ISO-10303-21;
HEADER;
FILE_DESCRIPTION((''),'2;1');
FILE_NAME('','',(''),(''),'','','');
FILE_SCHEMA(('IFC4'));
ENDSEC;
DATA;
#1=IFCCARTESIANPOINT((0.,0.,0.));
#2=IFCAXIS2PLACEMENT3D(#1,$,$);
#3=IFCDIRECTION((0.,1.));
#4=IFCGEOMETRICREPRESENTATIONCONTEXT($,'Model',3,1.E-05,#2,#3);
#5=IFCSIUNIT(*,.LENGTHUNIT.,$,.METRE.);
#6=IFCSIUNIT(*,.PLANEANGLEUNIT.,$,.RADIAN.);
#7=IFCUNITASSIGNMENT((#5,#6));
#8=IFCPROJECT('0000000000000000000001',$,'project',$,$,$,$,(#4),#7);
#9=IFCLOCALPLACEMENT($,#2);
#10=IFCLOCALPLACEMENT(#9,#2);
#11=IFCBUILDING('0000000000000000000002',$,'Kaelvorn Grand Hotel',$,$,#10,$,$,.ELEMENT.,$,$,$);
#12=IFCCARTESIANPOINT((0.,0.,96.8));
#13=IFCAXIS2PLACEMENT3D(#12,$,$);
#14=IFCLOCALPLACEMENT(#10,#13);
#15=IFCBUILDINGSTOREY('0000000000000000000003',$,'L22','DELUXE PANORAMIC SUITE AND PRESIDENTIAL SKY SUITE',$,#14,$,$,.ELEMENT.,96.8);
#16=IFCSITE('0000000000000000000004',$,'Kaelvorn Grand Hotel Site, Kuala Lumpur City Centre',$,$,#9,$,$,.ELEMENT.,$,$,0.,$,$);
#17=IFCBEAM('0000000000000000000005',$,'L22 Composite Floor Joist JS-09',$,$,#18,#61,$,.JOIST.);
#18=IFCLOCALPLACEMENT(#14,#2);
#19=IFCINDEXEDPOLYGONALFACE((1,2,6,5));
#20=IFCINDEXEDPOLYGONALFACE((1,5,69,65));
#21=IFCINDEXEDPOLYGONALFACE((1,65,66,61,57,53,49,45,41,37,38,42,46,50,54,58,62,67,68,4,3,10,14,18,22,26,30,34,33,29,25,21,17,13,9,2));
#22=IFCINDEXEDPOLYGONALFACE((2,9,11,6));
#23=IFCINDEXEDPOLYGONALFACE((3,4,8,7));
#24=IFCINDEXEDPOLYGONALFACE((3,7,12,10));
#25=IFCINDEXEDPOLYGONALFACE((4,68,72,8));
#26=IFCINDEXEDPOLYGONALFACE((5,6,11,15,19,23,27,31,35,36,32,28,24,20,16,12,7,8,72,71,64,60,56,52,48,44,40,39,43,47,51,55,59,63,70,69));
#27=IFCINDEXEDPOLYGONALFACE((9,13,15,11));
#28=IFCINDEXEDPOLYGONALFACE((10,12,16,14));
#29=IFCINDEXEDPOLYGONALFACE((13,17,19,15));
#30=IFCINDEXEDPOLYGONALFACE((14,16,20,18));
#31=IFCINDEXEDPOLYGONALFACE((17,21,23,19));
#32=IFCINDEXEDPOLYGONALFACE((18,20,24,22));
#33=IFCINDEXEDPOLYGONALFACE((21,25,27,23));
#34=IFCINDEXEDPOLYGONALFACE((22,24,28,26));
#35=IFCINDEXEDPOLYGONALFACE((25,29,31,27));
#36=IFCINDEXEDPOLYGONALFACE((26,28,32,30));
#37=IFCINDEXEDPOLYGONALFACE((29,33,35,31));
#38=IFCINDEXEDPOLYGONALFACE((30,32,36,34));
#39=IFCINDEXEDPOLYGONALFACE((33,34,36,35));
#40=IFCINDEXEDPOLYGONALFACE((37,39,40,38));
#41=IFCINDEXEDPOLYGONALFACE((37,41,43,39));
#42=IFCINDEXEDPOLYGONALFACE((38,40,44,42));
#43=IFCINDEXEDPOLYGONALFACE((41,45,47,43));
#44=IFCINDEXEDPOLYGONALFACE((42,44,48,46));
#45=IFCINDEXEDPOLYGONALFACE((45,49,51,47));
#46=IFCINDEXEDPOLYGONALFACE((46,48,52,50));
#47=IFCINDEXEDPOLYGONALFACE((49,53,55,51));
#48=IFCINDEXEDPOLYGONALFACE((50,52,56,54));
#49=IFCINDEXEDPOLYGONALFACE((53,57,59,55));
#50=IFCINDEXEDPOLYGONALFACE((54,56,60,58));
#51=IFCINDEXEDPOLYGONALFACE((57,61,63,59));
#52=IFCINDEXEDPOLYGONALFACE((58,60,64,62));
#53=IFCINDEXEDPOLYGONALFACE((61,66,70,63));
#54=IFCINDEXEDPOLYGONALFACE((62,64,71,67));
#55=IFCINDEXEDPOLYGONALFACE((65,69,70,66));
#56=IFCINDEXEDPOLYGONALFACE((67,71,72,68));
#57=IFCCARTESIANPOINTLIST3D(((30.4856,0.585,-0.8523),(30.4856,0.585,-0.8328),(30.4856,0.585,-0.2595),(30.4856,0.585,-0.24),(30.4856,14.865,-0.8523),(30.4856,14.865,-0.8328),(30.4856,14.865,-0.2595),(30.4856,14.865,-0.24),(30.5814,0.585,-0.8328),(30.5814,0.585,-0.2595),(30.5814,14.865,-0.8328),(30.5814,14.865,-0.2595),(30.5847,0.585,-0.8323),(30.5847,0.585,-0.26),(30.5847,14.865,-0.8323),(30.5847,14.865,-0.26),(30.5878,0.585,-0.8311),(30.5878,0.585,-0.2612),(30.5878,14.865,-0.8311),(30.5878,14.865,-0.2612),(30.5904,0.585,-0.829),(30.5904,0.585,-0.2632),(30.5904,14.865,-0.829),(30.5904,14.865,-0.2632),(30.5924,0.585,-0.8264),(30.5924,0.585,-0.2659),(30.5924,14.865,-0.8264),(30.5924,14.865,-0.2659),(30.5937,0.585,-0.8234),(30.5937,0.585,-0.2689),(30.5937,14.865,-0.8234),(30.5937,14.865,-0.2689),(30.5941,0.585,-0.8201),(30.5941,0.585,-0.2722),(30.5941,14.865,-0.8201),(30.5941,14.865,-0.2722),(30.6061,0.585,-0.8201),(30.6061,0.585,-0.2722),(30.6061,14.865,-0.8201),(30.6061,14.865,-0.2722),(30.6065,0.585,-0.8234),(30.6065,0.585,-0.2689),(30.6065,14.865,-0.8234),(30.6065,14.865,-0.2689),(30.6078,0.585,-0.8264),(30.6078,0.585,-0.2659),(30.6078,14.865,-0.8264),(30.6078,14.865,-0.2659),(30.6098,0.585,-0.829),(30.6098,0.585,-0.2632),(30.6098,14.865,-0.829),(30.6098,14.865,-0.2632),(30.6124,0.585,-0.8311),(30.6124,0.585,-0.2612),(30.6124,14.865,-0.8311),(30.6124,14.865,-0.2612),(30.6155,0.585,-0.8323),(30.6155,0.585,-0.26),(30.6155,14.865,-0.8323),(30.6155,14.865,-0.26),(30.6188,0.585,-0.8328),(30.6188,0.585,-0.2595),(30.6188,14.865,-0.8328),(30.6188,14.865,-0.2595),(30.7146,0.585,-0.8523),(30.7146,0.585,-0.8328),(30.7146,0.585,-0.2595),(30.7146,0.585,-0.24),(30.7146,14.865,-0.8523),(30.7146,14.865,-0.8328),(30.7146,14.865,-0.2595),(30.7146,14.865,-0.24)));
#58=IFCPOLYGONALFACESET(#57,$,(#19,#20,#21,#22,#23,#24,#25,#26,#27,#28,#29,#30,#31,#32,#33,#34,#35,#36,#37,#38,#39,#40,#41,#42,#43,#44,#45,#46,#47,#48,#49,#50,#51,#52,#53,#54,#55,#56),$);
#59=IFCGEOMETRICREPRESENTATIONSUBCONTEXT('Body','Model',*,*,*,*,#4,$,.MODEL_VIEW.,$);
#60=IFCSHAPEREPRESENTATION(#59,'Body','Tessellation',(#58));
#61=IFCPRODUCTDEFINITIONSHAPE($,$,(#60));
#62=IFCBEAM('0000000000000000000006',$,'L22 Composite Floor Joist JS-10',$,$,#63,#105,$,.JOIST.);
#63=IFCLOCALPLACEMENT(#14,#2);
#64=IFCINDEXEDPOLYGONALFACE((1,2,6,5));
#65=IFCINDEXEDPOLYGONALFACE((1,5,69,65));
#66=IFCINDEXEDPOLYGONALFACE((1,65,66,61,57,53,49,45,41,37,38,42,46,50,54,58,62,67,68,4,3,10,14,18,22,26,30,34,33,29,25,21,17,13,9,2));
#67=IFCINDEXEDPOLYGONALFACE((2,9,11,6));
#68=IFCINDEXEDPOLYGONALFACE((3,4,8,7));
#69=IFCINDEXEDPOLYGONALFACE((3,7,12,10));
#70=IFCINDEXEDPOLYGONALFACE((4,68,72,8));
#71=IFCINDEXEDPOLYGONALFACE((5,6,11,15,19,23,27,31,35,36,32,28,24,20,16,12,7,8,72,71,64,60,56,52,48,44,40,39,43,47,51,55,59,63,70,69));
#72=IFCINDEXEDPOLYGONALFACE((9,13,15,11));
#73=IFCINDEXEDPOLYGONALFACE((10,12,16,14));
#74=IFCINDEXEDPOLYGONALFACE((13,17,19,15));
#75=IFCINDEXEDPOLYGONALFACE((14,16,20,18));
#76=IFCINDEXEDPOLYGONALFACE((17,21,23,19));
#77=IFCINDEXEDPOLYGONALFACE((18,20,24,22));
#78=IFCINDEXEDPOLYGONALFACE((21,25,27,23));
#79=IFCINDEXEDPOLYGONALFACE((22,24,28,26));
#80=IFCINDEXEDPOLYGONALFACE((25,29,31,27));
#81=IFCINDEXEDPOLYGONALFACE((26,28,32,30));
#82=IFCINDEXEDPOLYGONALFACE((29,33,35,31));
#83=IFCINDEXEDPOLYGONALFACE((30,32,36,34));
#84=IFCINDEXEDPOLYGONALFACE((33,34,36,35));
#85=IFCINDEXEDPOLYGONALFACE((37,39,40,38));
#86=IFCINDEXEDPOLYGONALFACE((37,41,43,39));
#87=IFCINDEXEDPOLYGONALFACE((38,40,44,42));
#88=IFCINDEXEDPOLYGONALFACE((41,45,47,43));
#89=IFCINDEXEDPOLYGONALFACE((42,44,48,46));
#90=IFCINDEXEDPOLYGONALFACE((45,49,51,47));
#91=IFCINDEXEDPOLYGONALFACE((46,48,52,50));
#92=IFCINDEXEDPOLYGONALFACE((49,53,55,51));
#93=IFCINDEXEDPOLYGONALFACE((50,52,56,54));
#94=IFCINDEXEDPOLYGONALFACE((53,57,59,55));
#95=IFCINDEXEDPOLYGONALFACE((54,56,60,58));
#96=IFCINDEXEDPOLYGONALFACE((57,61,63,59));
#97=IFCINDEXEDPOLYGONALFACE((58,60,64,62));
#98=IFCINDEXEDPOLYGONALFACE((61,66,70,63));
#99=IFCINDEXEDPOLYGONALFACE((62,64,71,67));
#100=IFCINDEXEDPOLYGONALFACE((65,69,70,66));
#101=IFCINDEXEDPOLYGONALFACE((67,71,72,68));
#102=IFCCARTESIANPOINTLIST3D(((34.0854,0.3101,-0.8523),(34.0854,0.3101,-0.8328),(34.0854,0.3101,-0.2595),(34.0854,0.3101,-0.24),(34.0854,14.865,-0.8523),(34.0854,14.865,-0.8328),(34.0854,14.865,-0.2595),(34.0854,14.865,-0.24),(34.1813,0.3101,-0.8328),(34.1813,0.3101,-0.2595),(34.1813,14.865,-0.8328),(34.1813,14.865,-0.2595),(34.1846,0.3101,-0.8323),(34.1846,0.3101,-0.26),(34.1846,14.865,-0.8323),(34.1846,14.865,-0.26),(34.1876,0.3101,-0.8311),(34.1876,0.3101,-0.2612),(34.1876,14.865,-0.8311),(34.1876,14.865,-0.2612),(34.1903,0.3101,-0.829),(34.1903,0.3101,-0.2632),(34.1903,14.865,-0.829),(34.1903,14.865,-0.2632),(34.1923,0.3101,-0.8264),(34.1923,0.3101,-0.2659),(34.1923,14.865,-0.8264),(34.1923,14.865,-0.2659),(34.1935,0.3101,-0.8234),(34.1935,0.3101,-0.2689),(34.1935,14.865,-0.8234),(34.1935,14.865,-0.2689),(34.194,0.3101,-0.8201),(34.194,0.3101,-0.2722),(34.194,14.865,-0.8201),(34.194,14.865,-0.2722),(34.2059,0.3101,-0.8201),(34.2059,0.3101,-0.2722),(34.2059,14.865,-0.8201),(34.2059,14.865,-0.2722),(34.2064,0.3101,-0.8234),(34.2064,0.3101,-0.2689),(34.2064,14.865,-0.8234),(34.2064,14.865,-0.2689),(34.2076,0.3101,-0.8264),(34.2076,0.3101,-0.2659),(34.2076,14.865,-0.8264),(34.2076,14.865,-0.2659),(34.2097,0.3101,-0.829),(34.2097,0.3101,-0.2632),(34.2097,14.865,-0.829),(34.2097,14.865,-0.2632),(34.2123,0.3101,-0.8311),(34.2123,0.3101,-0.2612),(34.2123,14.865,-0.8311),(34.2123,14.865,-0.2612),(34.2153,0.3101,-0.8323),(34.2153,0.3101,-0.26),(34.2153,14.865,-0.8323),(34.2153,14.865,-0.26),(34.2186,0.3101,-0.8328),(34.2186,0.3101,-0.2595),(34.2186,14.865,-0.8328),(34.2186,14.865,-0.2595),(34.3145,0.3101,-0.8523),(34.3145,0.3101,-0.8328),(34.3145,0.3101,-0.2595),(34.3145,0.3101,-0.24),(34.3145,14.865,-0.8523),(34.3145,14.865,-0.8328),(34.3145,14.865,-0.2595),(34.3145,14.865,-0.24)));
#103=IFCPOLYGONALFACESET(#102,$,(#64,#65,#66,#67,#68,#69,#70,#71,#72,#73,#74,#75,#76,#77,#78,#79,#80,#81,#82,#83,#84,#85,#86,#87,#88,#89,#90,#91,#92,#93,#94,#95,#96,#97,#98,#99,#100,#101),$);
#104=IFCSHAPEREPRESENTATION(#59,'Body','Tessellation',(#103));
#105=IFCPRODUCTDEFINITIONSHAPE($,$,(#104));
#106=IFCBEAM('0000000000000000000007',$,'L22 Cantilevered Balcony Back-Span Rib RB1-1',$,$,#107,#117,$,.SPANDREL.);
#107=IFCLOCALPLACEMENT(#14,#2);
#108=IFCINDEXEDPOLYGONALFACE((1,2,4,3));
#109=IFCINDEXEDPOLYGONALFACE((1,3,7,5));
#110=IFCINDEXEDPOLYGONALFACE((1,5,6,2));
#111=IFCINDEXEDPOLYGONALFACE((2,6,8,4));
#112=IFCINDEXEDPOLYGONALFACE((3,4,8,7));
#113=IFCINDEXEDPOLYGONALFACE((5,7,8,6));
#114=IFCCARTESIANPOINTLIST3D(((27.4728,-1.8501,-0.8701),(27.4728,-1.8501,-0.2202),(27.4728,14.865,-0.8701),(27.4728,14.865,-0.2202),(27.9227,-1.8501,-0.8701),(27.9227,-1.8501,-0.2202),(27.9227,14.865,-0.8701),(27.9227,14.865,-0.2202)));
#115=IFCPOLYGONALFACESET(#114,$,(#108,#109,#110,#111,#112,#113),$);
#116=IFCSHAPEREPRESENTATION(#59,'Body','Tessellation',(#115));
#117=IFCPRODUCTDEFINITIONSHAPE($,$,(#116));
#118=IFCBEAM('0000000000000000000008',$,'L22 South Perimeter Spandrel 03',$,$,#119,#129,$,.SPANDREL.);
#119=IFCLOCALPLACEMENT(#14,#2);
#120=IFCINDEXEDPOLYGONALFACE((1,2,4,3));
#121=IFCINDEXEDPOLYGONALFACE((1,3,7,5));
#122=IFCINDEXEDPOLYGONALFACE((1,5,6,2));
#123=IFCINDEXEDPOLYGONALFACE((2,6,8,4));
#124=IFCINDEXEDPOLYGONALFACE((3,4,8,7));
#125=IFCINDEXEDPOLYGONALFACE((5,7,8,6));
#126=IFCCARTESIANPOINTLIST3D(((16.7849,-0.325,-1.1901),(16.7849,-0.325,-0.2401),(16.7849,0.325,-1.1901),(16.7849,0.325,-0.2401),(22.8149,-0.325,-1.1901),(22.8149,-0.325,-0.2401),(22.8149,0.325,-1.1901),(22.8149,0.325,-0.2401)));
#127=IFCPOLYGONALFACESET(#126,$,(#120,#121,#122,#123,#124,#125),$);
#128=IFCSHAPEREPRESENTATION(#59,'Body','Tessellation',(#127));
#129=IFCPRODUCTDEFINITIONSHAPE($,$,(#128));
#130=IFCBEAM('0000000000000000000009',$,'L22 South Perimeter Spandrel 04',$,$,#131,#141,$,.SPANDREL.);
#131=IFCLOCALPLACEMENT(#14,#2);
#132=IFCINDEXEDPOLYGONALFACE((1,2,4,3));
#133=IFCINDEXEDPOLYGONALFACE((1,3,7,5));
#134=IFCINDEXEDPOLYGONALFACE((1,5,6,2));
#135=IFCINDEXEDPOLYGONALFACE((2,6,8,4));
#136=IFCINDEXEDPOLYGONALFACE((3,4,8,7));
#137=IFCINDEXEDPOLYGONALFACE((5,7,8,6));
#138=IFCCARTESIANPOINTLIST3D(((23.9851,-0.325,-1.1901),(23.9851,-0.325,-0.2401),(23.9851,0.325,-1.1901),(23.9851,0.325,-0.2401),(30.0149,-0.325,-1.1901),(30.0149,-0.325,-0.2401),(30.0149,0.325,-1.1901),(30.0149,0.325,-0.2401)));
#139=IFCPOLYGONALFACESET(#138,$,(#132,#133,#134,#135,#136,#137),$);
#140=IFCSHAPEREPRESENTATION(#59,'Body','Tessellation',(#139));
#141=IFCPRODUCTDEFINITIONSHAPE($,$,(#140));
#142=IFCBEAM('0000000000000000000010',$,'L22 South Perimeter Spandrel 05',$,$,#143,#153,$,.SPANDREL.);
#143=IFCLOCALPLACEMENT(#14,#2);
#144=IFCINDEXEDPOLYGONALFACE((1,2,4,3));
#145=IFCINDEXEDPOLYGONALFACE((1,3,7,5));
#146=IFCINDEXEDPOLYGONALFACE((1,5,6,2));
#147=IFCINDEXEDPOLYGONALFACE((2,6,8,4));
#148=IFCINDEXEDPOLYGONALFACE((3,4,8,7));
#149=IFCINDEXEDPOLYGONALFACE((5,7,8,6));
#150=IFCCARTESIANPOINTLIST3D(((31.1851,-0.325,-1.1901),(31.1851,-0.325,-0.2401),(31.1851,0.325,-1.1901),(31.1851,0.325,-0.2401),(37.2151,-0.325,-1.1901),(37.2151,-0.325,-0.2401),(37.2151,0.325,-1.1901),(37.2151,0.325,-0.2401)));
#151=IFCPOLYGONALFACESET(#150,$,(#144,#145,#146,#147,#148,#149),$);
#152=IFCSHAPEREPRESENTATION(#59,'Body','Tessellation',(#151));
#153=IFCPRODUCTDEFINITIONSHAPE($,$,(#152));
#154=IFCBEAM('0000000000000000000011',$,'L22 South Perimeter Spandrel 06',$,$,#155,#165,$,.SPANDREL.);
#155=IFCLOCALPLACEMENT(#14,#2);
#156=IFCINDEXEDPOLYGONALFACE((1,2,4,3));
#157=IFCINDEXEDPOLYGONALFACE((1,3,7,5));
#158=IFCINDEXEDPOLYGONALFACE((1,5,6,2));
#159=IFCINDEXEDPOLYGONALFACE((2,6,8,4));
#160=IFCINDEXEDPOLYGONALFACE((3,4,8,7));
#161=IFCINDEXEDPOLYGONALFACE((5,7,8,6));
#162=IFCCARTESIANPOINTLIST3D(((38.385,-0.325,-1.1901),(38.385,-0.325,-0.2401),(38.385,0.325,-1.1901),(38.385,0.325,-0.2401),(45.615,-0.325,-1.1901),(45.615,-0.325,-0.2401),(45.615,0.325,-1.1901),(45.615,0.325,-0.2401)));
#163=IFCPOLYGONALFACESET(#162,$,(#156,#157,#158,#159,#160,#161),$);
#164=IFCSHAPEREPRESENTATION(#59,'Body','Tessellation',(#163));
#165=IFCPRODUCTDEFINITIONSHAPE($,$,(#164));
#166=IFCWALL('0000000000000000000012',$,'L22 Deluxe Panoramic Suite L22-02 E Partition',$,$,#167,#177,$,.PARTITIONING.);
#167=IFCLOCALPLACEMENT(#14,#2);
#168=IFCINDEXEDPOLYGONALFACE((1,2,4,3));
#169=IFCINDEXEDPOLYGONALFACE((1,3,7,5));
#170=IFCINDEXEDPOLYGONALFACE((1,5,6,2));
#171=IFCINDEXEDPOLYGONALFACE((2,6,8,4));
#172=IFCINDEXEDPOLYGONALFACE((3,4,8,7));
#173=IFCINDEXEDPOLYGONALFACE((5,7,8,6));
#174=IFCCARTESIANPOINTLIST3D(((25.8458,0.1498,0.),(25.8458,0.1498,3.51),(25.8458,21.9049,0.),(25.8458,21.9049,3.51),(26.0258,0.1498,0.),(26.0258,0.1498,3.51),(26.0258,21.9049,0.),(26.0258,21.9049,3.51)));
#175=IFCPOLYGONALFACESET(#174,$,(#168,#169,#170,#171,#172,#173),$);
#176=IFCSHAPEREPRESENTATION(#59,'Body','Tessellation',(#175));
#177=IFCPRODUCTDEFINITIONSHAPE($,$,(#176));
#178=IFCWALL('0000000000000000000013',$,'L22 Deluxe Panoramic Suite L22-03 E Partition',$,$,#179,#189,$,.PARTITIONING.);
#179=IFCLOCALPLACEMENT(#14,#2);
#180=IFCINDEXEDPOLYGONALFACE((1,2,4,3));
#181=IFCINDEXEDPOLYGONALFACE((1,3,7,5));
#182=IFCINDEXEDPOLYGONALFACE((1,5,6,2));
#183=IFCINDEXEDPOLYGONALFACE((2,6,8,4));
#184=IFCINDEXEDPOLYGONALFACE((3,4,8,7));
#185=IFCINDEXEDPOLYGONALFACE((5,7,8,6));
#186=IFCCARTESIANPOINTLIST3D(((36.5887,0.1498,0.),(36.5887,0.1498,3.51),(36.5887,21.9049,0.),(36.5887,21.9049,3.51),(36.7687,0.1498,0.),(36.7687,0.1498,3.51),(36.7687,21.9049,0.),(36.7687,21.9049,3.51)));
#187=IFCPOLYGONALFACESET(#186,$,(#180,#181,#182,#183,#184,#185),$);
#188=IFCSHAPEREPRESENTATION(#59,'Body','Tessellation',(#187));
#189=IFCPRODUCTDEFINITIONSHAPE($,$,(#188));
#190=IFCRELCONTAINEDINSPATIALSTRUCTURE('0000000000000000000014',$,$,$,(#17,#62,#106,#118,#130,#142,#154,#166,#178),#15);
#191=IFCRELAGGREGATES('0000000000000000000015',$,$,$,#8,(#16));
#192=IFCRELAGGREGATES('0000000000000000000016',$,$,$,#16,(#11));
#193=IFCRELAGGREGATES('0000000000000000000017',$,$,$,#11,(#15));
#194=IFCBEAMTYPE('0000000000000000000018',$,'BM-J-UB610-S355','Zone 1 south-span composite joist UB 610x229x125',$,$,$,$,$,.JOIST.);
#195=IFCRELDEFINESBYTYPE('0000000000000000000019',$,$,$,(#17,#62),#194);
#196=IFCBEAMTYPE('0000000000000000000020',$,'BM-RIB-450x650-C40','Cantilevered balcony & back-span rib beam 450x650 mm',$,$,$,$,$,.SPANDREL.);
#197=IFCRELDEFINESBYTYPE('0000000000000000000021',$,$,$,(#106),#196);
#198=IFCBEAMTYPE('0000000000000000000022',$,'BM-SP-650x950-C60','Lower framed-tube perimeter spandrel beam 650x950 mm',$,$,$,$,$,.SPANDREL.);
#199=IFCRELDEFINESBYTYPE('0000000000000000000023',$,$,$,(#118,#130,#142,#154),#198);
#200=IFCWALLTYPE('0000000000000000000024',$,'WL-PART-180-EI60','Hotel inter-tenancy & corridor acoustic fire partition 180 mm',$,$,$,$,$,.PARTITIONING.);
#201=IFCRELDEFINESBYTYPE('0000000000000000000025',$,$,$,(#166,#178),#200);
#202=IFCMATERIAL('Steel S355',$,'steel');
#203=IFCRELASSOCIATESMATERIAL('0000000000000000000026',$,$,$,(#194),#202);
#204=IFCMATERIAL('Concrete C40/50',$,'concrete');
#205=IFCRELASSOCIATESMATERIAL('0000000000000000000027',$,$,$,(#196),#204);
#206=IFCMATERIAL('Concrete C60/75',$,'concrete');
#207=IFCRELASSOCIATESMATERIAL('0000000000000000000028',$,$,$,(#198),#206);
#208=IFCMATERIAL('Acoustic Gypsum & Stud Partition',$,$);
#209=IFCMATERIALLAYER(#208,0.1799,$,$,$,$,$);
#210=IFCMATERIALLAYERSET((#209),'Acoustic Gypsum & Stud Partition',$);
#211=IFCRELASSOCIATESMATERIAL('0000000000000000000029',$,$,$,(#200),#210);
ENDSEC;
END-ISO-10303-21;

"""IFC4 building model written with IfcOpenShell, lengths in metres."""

from ifc_helpers import new_model, si_unit, direction, frame, frame_2d, origin, origin_2d, place, context, subcontext, project, spatial, rectangle, i_section, extrude, material, layer, layer_set, material_profile, profile_set, type_object, element, save


model = new_model("IFC4")

# Units and contexts
model_context = context("Model", 3, precision=1e-05, world=origin(), true_north=direction((0.0, 1.0)))
body_context = subcontext(model_context, "Body", "Model", "MODEL_VIEW")
ifc_project = project(units=[si_unit("LENGTHUNIT", "METRE"), si_unit("PLANEANGLEUNIT", "RADIAN")], contexts=[model_context])

# Site, building, storey
site_placement = place(None, origin())
site = spatial("IfcSite", under=ifc_project, at=site_placement, Name="Kaelvorn Grand Hotel Site, Kuala Lumpur City Centre", CompositionType="ELEMENT", RefElevation=0.0)
building_placement = place(site_placement, origin())
building = spatial("IfcBuilding", under=site, at=building_placement, Name="Kaelvorn Grand Hotel", CompositionType="ELEMENT")
storey_placement = place(building_placement, frame((0.0, 0.0, 96.8)))
storey = spatial("IfcBuildingStorey", under=building, at=storey_placement, Name="L22", Description="DELUXE PANORAMIC SUITE AND PRESIDENTIAL SKY SUITE", CompositionType="ELEMENT", Elevation=96.8)

# Shared definitions
ifc_material_1 = material(Name="Concrete C60/75", Category="concrete")

# Beams
ifc_material_2 = material(Name="Steel S355", Category="steel")
ifc_material_profile_1 = material_profile(ifc_material_2, i_section(OverallWidth=0.229, OverallDepth=0.6123, WebThickness=0.012, FlangeThickness=0.0195, FilletRadius=0.0127, at=origin_2d()), Name="UB 610x229x125")
ifc_profile_set_1 = profile_set([ifc_material_profile_1], Name="Steel S355")
beam_type_1 = type_object("IfcBeamType", Name="BM-J-UB610-S355", Description="Zone 1 south-span composite joist UB 610x229x125", PredefinedType="JOIST", material=ifc_profile_set_1)
for number, where, z_axis, x_axis, name in (
    (1, (30.6001, 0.585, -0.5461), (0.0, 1.0, 0.0), (-1.0, 0.0, 0.0), "L22 Composite Floor Joist JS-09"),
):
    element("IfcBeam", number, at=place(storey_placement, frame(where, z_axis=z_axis, x_axis=x_axis)), inside=storey, type_object=beam_type_1, Name=name, PredefinedType="JOIST", context=body_context, shape_type="SweptSolid", body=[
        extrude(i_section(OverallWidth=0.229, OverallDepth=0.6123, WebThickness=0.012, FlangeThickness=0.0195, FilletRadius=0.0127, at=origin_2d()), origin(), (0.0, 0.0, 1.0), 14.28),
    ])
beam_1_placement = place(storey_placement, frame((34.2, 0.3101, -0.5461), z_axis=(0.0, 1.0, 0.0), x_axis=(-1.0, 0.0, 0.0)))
element("IfcBeam", 2, at=beam_1_placement, inside=storey, type_object=beam_type_1, Name="L22 Composite Floor Joist JS-10", PredefinedType="JOIST", context=body_context, shape_type="SweptSolid", body=[
    extrude(i_section(OverallWidth=0.229, OverallDepth=0.6123, WebThickness=0.012, FlangeThickness=0.0195, FilletRadius=0.0127, at=origin_2d()), origin(), (0.0, 0.0, 1.0), 14.5549),
])
ifc_material_3 = material(Name="Concrete C40/50", Category="concrete")
ifc_material_profile_2 = material_profile(ifc_material_3, rectangle(XDim=0.45, YDim=0.6499, at=origin_2d()), Name="RC RIB 450x650")
ifc_profile_set_2 = profile_set([ifc_material_profile_2], Name="Concrete C40/50")
beam_type_2 = type_object("IfcBeamType", Name="BM-RIB-450x650-C40", Description="Cantilevered balcony & back-span rib beam 450x650 mm", PredefinedType="SPANDREL", material=ifc_profile_set_2)
beam_2_placement = place(storey_placement, frame((27.6978, -1.8501, -0.5452), z_axis=(0.0, 1.0, 0.0), x_axis=(-1.0, 0.0, 0.0)))
element("IfcBeam", 3, at=beam_2_placement, inside=storey, type_object=beam_type_2, Name="L22 Cantilevered Balcony Back-Span Rib RB1-1", PredefinedType="SPANDREL", context=body_context, shape_type="SweptSolid", body=[
    extrude(rectangle(XDim=0.45, YDim=0.6499, at=origin_2d()), origin(), (0.0, 0.0, 1.0), 16.7151),
])
ifc_material_profile_3 = material_profile(ifc_material_1, rectangle(XDim=0.6499, YDim=0.95, at=origin_2d()), Name="RC SPANDREL 650x950")
ifc_profile_set_3 = profile_set([ifc_material_profile_3], Name="Concrete C60/75")
beam_type_3 = type_object("IfcBeamType", Name="BM-SP-650x950-C60", Description="Lower framed-tube perimeter spandrel beam 650x950 mm", PredefinedType="SPANDREL", material=ifc_profile_set_3)
beam_3_placement = place(storey_placement, frame((16.7849, 0.0, -0.7151), z_axis=(1.0, 0.0, 0.0), x_axis=(0.0, 1.0, 0.0)))
element("IfcBeam", 4, at=beam_3_placement, inside=storey, type_object=beam_type_3, Name="L22 South Perimeter Spandrel 03", PredefinedType="SPANDREL", context=body_context, shape_type="SweptSolid", body=[
    extrude(rectangle(XDim=0.6499, YDim=0.95, at=origin_2d()), origin(), (0.0, 0.0, 1.0), 6.03),
])
beam_4_placement = place(storey_placement, frame((23.9851, 0.0, -0.7151), z_axis=(1.0, 0.0, 0.0), x_axis=(0.0, 1.0, 0.0)))
element("IfcBeam", 5, at=beam_4_placement, inside=storey, type_object=beam_type_3, Name="L22 South Perimeter Spandrel 04", PredefinedType="SPANDREL", context=body_context, shape_type="SweptSolid", body=[
    extrude(rectangle(XDim=0.6499, YDim=0.95, at=origin_2d()), origin(), (0.0, 0.0, 1.0), 6.0298),
])
beam_5_placement = place(storey_placement, frame((31.1851, 0.0, -0.7151), z_axis=(1.0, 0.0, 0.0), x_axis=(0.0, 1.0, 0.0)))
element("IfcBeam", 6, at=beam_5_placement, inside=storey, type_object=beam_type_3, Name="L22 South Perimeter Spandrel 05", PredefinedType="SPANDREL", context=body_context, shape_type="SweptSolid", body=[
    extrude(rectangle(XDim=0.6499, YDim=0.95, at=origin_2d()), origin(), (0.0, 0.0, 1.0), 6.03),
])
beam_6_placement = place(storey_placement, frame((38.385, 0.0, -0.7151), z_axis=(1.0, 0.0, 0.0), x_axis=(0.0, 1.0, 0.0)))
element("IfcBeam", 7, at=beam_6_placement, inside=storey, type_object=beam_type_3, Name="L22 South Perimeter Spandrel 06", PredefinedType="SPANDREL", context=body_context, shape_type="SweptSolid", body=[
    extrude(rectangle(XDim=0.6499, YDim=0.95, at=origin_2d()), origin(), (0.0, 0.0, 1.0), 7.23),
])

# Walls
ifc_material_4 = material(Name="Acoustic Gypsum & Stud Partition")
ifc_layer_1 = layer(ifc_material_4, 0.1799)
ifc_layer_set_1 = layer_set([ifc_layer_1], Name="Acoustic Gypsum & Stud Partition")
wall_type_1 = type_object("IfcWallType", Name="WL-PART-180-EI60", Description="Hotel inter-tenancy & corridor acoustic fire partition 180 mm", PredefinedType="PARTITIONING", material=ifc_layer_set_1)
for number, where, z_axis, x_axis, name in (
    (8, (25.9358, 0.1499, 0.0), (0.0, 0.0, 1.0), (0.0, 1.0, 0.0), "L22 Deluxe Panoramic Suite L22-02 E Partition"),
    (9, (36.6787, 0.1499, 0.0), (0.0, 0.0, 1.0), (0.0, 1.0, 0.0), "L22 Deluxe Panoramic Suite L22-03 E Partition"),
):
    element("IfcWall", number, at=place(storey_placement, frame(where, z_axis=z_axis, x_axis=x_axis)), inside=storey, type_object=wall_type_1, Name=name, PredefinedType="PARTITIONING", context=body_context, shape_type="SweptSolid", body=[
        extrude(rectangle(XDim=21.7551, YDim=0.1799, at=frame_2d((10.8774, 0.0))), origin(), (0.0, 0.0, 1.0), 3.51),
    ])

save(model, "model.ifc")
